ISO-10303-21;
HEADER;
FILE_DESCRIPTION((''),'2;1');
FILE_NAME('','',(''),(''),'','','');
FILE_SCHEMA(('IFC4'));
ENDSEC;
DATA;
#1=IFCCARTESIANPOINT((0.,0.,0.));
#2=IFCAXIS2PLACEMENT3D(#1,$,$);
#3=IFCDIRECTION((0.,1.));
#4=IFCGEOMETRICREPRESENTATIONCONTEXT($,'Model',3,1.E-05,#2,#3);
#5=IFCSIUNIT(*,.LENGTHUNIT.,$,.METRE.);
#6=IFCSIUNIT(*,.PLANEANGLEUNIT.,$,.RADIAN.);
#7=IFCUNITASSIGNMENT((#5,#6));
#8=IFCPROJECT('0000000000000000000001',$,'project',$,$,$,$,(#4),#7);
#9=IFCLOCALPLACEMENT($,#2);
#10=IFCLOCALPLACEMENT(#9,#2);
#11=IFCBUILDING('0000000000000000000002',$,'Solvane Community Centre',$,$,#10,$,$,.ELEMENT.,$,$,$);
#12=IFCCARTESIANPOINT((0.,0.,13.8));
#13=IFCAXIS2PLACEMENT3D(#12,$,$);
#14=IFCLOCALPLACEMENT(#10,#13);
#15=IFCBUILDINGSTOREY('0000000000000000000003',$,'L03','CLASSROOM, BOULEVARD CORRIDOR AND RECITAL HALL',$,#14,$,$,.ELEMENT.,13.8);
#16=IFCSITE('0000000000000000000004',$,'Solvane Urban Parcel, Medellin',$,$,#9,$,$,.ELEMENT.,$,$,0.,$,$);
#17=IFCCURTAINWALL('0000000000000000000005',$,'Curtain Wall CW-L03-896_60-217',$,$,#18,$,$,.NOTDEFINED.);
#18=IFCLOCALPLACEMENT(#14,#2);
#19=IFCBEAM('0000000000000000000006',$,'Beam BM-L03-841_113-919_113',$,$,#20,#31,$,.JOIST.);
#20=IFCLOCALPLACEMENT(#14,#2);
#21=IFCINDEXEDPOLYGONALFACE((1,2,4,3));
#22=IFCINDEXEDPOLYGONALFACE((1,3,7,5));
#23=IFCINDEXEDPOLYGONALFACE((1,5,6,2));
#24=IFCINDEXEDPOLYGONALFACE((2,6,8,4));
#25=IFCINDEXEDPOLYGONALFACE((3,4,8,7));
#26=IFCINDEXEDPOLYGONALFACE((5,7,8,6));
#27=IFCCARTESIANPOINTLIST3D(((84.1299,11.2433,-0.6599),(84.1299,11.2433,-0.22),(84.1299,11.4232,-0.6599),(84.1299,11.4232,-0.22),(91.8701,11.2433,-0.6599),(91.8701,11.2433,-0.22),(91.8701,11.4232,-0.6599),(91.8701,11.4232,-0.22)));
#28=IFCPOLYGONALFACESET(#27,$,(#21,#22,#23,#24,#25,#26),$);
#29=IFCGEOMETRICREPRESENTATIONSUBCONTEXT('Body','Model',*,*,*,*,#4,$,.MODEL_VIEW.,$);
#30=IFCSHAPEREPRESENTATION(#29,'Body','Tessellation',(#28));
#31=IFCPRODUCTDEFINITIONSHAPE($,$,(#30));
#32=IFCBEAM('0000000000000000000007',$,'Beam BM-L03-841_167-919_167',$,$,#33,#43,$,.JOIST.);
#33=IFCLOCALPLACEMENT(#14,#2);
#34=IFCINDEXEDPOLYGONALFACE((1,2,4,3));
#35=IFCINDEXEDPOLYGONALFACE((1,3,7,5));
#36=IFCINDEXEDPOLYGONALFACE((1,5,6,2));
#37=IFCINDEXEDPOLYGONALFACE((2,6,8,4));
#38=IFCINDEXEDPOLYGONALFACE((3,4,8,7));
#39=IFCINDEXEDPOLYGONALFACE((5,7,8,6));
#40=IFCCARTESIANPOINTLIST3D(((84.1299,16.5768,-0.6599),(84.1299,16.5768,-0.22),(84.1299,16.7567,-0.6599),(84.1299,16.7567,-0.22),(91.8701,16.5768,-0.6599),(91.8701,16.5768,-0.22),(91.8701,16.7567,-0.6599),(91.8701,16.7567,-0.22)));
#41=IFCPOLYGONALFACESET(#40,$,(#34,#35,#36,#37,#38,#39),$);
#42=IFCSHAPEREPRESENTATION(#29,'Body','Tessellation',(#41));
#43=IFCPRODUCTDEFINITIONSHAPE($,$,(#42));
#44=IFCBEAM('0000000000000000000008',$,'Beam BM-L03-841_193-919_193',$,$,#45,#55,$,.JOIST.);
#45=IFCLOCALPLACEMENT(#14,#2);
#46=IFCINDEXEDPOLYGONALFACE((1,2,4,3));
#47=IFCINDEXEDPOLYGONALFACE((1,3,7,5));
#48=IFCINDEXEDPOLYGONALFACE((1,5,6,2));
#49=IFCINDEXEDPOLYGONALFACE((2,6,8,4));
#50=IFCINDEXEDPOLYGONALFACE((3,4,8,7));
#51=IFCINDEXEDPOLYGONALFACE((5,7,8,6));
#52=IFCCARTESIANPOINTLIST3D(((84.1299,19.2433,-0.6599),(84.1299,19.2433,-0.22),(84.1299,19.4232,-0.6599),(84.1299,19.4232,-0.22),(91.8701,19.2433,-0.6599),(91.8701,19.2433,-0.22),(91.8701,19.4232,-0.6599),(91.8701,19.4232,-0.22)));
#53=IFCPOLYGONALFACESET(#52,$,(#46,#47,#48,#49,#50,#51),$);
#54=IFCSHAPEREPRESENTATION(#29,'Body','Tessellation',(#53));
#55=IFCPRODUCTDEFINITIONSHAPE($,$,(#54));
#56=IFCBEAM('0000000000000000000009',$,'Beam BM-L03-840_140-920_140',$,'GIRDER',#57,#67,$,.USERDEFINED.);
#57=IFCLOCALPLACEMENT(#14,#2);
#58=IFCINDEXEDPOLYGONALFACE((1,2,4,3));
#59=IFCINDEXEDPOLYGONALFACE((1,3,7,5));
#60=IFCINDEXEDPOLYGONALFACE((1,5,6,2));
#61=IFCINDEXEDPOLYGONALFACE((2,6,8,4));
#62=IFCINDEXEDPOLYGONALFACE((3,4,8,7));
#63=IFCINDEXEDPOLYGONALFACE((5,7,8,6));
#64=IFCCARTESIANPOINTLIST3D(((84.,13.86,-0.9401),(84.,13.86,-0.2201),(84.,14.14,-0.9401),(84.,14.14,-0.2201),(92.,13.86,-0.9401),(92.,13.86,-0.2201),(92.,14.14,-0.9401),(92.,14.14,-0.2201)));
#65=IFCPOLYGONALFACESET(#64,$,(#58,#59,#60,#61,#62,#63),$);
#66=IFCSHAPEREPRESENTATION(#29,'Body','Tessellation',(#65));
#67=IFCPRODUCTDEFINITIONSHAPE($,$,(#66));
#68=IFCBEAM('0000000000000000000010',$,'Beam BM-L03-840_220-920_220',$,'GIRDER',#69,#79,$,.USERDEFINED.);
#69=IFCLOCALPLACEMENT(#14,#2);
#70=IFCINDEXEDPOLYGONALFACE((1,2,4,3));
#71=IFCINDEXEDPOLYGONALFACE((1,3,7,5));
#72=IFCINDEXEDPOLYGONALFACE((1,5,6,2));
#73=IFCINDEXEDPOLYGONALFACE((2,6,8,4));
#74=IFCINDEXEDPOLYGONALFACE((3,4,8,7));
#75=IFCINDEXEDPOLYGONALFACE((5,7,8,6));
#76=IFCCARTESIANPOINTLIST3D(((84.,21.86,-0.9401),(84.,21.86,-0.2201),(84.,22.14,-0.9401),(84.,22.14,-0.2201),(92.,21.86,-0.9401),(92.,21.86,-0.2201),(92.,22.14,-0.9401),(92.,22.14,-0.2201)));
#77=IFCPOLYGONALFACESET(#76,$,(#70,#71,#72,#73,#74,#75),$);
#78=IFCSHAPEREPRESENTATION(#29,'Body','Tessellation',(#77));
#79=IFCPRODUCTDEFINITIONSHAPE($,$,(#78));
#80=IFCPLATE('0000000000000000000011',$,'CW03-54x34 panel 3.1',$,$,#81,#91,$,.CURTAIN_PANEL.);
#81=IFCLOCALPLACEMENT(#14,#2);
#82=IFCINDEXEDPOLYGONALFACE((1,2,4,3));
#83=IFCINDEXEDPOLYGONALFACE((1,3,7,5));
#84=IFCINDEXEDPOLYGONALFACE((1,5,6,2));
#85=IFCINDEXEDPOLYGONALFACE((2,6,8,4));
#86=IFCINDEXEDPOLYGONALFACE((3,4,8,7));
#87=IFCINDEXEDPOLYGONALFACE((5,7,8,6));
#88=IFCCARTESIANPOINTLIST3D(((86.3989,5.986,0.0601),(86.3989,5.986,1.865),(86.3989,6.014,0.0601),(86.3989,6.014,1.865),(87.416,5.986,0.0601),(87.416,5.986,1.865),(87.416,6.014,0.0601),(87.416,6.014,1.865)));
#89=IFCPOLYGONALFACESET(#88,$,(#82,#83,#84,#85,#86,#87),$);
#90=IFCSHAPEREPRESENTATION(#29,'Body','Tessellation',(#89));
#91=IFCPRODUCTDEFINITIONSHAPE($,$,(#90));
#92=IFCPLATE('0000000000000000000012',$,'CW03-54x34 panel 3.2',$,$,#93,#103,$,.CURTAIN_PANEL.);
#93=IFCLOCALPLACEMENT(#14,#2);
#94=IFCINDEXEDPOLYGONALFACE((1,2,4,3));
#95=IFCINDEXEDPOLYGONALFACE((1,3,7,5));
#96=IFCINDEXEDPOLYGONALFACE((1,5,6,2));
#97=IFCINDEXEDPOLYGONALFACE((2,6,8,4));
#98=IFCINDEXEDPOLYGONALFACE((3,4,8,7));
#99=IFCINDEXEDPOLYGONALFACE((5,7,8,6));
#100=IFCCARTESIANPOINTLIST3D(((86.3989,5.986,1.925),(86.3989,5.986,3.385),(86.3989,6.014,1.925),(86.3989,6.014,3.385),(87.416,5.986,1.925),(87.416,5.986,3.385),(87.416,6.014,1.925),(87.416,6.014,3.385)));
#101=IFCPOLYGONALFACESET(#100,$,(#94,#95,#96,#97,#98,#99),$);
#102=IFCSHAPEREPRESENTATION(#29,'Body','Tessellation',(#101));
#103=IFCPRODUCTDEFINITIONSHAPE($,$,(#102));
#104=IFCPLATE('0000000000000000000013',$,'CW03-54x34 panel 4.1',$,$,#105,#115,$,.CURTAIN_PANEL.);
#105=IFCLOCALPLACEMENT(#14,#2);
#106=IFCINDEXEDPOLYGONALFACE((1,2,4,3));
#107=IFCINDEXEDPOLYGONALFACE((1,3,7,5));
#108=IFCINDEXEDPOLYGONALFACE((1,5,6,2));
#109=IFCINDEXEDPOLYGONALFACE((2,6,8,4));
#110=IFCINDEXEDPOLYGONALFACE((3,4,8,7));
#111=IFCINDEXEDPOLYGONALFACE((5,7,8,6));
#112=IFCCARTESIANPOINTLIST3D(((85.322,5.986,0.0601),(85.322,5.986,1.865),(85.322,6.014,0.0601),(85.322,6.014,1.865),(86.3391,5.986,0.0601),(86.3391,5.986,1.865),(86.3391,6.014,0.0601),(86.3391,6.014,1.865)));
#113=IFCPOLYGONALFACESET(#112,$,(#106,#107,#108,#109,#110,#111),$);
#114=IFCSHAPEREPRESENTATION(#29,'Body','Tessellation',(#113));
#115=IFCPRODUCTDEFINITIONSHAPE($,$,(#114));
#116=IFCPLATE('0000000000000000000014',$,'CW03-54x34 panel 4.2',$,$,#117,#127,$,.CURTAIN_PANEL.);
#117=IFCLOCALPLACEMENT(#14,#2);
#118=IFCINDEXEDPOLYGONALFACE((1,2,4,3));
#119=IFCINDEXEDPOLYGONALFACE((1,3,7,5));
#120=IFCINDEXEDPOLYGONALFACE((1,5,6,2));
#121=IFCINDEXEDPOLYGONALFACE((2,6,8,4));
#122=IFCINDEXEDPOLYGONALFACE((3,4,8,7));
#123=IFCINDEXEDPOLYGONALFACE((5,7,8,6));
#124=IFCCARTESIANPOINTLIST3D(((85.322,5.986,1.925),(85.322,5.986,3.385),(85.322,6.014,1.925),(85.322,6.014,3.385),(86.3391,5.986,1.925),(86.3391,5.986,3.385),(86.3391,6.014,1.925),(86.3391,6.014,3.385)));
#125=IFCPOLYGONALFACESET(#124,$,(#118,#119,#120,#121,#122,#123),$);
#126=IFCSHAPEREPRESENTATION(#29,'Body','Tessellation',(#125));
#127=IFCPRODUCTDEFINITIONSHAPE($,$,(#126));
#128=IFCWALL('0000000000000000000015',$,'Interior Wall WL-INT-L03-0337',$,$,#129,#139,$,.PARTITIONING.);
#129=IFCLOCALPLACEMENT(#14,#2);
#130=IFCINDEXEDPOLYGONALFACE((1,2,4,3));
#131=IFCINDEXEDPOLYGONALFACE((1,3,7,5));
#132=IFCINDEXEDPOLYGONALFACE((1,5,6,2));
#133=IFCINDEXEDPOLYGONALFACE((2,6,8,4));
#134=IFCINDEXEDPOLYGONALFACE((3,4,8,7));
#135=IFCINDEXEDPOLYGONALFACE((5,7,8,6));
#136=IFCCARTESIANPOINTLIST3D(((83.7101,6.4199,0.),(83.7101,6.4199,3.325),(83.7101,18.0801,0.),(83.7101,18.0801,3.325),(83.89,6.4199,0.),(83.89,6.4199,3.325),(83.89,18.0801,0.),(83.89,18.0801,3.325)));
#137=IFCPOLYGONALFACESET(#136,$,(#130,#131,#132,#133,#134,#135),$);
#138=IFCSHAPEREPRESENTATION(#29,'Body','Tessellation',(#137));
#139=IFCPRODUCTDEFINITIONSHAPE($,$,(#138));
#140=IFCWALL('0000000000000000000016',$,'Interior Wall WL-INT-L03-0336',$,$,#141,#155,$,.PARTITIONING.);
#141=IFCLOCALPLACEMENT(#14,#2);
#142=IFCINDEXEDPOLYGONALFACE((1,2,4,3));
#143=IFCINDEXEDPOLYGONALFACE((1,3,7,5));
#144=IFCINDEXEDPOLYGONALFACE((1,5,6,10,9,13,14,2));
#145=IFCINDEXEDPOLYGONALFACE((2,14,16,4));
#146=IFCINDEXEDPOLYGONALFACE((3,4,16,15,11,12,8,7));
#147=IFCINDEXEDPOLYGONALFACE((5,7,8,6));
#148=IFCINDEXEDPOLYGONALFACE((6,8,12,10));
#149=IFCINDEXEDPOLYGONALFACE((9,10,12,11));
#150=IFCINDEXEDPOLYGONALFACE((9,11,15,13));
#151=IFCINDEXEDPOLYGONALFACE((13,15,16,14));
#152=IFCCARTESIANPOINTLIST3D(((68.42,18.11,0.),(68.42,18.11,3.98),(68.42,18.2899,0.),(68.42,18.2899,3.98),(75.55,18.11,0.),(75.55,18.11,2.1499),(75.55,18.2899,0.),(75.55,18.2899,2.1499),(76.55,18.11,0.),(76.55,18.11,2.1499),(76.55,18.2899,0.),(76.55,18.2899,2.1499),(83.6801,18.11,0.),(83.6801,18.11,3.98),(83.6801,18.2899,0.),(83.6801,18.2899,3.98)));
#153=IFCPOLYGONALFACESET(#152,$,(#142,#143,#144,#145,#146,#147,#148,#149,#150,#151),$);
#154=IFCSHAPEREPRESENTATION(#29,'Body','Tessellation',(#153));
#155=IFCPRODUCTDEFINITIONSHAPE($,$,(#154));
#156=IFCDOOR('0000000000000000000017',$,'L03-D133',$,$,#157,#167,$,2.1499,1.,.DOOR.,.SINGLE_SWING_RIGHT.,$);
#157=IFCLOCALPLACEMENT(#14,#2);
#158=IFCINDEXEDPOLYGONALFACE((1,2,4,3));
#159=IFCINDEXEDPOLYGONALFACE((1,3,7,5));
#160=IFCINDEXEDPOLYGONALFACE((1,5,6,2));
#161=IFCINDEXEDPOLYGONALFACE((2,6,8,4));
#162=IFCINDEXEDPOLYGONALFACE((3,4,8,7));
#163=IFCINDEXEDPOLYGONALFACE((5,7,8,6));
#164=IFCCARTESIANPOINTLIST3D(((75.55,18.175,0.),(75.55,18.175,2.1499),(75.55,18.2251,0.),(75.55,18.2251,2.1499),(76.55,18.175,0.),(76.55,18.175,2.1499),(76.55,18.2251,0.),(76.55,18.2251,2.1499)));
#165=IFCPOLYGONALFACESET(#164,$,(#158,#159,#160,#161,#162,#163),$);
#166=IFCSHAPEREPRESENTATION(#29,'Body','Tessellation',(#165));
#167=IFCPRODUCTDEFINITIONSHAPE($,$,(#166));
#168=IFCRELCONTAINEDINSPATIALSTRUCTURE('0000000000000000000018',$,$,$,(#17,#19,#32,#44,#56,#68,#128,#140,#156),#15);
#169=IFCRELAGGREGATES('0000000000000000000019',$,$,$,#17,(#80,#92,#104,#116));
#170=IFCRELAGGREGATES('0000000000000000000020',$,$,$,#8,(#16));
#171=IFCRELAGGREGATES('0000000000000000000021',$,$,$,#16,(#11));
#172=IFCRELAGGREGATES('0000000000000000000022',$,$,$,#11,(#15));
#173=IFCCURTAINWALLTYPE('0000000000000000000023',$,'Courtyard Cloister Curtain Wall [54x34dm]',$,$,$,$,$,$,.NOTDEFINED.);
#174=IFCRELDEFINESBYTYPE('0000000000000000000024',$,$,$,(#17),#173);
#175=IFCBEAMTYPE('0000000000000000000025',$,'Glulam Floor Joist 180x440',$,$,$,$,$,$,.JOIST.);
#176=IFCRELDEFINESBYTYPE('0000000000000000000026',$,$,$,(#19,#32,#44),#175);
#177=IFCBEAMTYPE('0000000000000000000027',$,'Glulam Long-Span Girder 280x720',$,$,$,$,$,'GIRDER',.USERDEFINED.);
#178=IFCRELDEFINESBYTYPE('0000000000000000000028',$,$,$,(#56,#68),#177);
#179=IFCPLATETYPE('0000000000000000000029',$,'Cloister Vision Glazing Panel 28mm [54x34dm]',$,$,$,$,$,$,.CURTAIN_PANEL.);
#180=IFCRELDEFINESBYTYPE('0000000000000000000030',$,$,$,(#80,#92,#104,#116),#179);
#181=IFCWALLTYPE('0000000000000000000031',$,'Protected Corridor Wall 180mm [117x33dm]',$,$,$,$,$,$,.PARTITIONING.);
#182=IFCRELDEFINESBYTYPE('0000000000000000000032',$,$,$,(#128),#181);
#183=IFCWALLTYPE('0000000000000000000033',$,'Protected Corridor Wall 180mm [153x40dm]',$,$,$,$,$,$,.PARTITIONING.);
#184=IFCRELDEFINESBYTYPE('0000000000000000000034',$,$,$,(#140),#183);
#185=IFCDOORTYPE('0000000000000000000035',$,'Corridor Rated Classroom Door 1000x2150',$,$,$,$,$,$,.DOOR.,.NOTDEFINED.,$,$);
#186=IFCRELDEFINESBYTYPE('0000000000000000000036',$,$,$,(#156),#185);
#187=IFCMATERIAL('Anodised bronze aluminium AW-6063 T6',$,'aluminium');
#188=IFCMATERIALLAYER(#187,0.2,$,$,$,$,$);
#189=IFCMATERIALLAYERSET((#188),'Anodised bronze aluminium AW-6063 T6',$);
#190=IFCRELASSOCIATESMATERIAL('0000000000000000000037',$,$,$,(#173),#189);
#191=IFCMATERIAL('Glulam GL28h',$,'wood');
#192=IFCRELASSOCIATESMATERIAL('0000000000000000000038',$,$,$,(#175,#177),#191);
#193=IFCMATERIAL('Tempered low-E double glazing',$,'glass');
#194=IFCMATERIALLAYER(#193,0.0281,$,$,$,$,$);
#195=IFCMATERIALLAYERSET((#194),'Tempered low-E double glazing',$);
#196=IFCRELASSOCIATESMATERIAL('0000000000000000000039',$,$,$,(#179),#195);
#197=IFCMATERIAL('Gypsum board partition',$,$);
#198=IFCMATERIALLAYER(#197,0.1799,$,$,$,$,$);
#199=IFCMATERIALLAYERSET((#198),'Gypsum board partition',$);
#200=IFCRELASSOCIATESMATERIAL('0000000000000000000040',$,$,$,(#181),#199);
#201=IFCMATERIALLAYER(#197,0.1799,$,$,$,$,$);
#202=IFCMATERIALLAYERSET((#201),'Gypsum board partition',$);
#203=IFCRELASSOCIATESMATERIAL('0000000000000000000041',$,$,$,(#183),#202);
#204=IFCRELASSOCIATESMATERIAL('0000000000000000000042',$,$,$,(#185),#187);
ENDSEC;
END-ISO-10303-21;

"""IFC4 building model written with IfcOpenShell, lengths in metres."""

from ifc_helpers import new_model, si_unit, direction, frame, frame_2d, origin, origin_2d, place, context, subcontext, project, spatial, rectangle, extrude, material, layer, layer_set, material_profile, profile_set, type_object, element, fill, aggregate, save


model = new_model("IFC4")

# Units and contexts
model_context = context("Model", 3, precision=1e-05, world=origin(), true_north=direction((0.0, 1.0)))
body_context = subcontext(model_context, "Body", "Model", "MODEL_VIEW")
ifc_project = project(units=[si_unit("LENGTHUNIT", "METRE"), si_unit("PLANEANGLEUNIT", "RADIAN")], contexts=[model_context])

# Site, building, storey
site_placement = place(None, origin())
site = spatial("IfcSite", under=ifc_project, at=site_placement, Name="Solvane Urban Parcel, Medellin", CompositionType="ELEMENT", RefElevation=0.0)
building_placement = place(site_placement, origin())
building = spatial("IfcBuilding", under=site, at=building_placement, Name="Solvane Community Centre", CompositionType="ELEMENT")
storey_placement = place(building_placement, frame((0.0, 0.0, 13.8)))
storey = spatial("IfcBuildingStorey", under=building, at=storey_placement, Name="L03", Description="CLASSROOM, BOULEVARD CORRIDOR AND RECITAL HALL", CompositionType="ELEMENT", Elevation=13.8)

# Curtain wall
ifc_material_1 = material(Name="Anodised bronze aluminium AW-6063 T6", Category="aluminium")
ifc_layer_1 = layer(ifc_material_1, 0.2)
ifc_layer_set_1 = layer_set([ifc_layer_1], Name="Anodised bronze aluminium AW-6063 T6")
curtain_wall_type = type_object("IfcCurtainWallType", Name="Courtyard Cloister Curtain Wall [54x34dm]", PredefinedType="NOTDEFINED", material=ifc_layer_set_1)
curtain_wall_placement = place(storey_placement, origin())
curtain_wall = element("IfcCurtainWall", 1, at=curtain_wall_placement, inside=storey, type_object=curtain_wall_type, Name="Curtain Wall CW-L03-896_60-217", PredefinedType="NOTDEFINED")

# Beams
ifc_material_2 = material(Name="Glulam GL28h", Category="wood")
ifc_material_profile_1 = material_profile(ifc_material_2, rectangle(XDim=0.1799, YDim=0.4399, at=origin_2d()), Name="GL28h 180x440")
ifc_profile_set_1 = profile_set([ifc_material_profile_1], Name="Glulam GL28h")
beam_type_1 = type_object("IfcBeamType", Name="Glulam Floor Joist 180x440", PredefinedType="JOIST", material=ifc_profile_set_1)
for number, where, z_axis, x_axis, name in (
    (2, (84.1299, 11.3333, -0.4399), (1.0, 0.0, 0.0), (0.0, 1.0, 0.0), "Beam BM-L03-841_113-919_113"),
    (3, (84.1299, 16.6667, -0.4399), (1.0, 0.0, 0.0), (0.0, 1.0, 0.0), "Beam BM-L03-841_167-919_167"),
    (4, (84.1299, 19.3333, -0.4399), (1.0, 0.0, 0.0), (0.0, 1.0, 0.0), "Beam BM-L03-841_193-919_193"),
):
    element("IfcBeam", number, at=place(storey_placement, frame(where, z_axis=z_axis, x_axis=x_axis)), inside=storey, type_object=beam_type_1, Name=name, PredefinedType="JOIST", context=body_context, shape_type="SweptSolid", body=[
        extrude(rectangle(XDim=0.1799, YDim=0.4399, at=origin_2d()), origin(), (0.0, 0.0, 1.0), 7.7402),
    ])
ifc_material_profile_2 = material_profile(ifc_material_2, rectangle(XDim=0.28, YDim=0.72, at=origin_2d()), Name="GL28h 280x720")
ifc_profile_set_2 = profile_set([ifc_material_profile_2], Name="Glulam GL28h")
beam_type_2 = type_object("IfcBeamType", Name="Glulam Long-Span Girder 280x720", ElementType="GIRDER", PredefinedType="USERDEFINED", material=ifc_profile_set_2)
for number, where, z_axis, x_axis, name in (
    (5, (84.0, 14.0, -0.5801), (1.0, 0.0, 0.0), (0.0, 1.0, 0.0), "Beam BM-L03-840_140-920_140"),
    (6, (84.0, 22.0, -0.5801), (1.0, 0.0, 0.0), (0.0, 1.0, 0.0), "Beam BM-L03-840_220-920_220"),
):
    element("IfcBeam", number, at=place(storey_placement, frame(where, z_axis=z_axis, x_axis=x_axis)), inside=storey, type_object=beam_type_2, Name=name, ObjectType="GIRDER", PredefinedType="USERDEFINED", context=body_context, shape_type="SweptSolid", body=[
        extrude(rectangle(XDim=0.28, YDim=0.72, at=origin_2d()), origin(), (0.0, 0.0, 1.0), 8.0),
    ])

# Plates
ifc_material_3 = material(Name="Tempered low-E double glazing", Category="glass")
ifc_layer_2 = layer(ifc_material_3, 0.0281)
ifc_layer_set_2 = layer_set([ifc_layer_2], Name="Tempered low-E double glazing")
plate_type = type_object("IfcPlateType", Name="Cloister Vision Glazing Panel 28mm [54x34dm]", PredefinedType="CURTAIN_PANEL", material=ifc_layer_set_2)
plate_1_placement = place(storey_placement, frame((86.9075, 6.0, 0.0601), z_axis=(0.0, 0.0, 1.0), x_axis=(-1.0, 0.0, 0.0)))
plate_1 = element("IfcPlate", 7, at=plate_1_placement, type_object=plate_type, Name="CW03-54x34 panel 3.1", PredefinedType="CURTAIN_PANEL", context=body_context, shape_type="SweptSolid", body=[
    extrude(rectangle(XDim=1.0171, YDim=0.0281, at=origin_2d()), origin(), (0.0, 0.0, 1.0), 1.8049),
])
plate_2_placement = place(storey_placement, frame((86.9075, 6.0, 1.925), z_axis=(0.0, 0.0, 1.0), x_axis=(-1.0, 0.0, 0.0)))
plate_2 = element("IfcPlate", 8, at=plate_2_placement, type_object=plate_type, Name="CW03-54x34 panel 3.2", PredefinedType="CURTAIN_PANEL", context=body_context, shape_type="SweptSolid", body=[
    extrude(rectangle(XDim=1.0171, YDim=0.0281, at=origin_2d()), origin(), (0.0, 0.0, 1.0), 1.46),
])
plate_3_placement = place(storey_placement, frame((85.8306, 6.0, 0.0601), z_axis=(0.0, 0.0, 1.0), x_axis=(-1.0, 0.0, 0.0)))
plate_3 = element("IfcPlate", 9, at=plate_3_placement, type_object=plate_type, Name="CW03-54x34 panel 4.1", PredefinedType="CURTAIN_PANEL", context=body_context, shape_type="SweptSolid", body=[
    extrude(rectangle(XDim=1.0171, YDim=0.0281, at=origin_2d()), origin(), (0.0, 0.0, 1.0), 1.8049),
])
plate_4_placement = place(storey_placement, frame((85.8306, 6.0, 1.925), z_axis=(0.0, 0.0, 1.0), x_axis=(-1.0, 0.0, 0.0)))
plate_4 = element("IfcPlate", 10, at=plate_4_placement, type_object=plate_type, Name="CW03-54x34 panel 4.2", PredefinedType="CURTAIN_PANEL", context=body_context, shape_type="SweptSolid", body=[
    extrude(rectangle(XDim=1.0171, YDim=0.0281, at=origin_2d()), origin(), (0.0, 0.0, 1.0), 1.46),
])
aggregate(curtain_wall, [plate_1, plate_2, plate_3, plate_4])

# Wall
ifc_material_4 = material(Name="Gypsum board partition")
ifc_layer_3 = layer(ifc_material_4, 0.1799)
ifc_layer_set_3 = layer_set([ifc_layer_3], Name="Gypsum board partition")
wall_type_1 = type_object("IfcWallType", Name="Protected Corridor Wall 180mm [117x33dm]", PredefinedType="PARTITIONING", material=ifc_layer_set_3)
wall_1_placement = place(storey_placement, frame((83.8, 6.4199, 0.0), z_axis=(0.0, 0.0, 1.0), x_axis=(0.0, 1.0, 0.0)))
element("IfcWall", 11, at=wall_1_placement, inside=storey, type_object=wall_type_1, Name="Interior Wall WL-INT-L03-0337", PredefinedType="PARTITIONING", context=body_context, shape_type="SweptSolid", body=[
    extrude(rectangle(XDim=11.6602, YDim=0.1799, at=frame_2d((5.8301, 0.0))), origin(), (0.0, 0.0, 1.0), 3.325),
])

# Wall, opening, door
ifc_layer_4 = layer(ifc_material_4, 0.1799)
ifc_layer_set_4 = layer_set([ifc_layer_4], Name="Gypsum board partition")
wall_type_2 = type_object("IfcWallType", Name="Protected Corridor Wall 180mm [153x40dm]", PredefinedType="PARTITIONING", material=ifc_layer_set_4)
wall_2_placement = place(storey_placement, frame((83.6799, 18.2, 0.0), z_axis=(0.0, 0.0, 1.0), x_axis=(-1.0, 0.0, 0.0)))
wall_2 = element("IfcWall", 12, at=wall_2_placement, inside=storey, type_object=wall_type_2, Name="Interior Wall WL-INT-L03-0336", PredefinedType="PARTITIONING", context=body_context, shape_type="SweptSolid", body=[
    extrude(rectangle(XDim=15.26, YDim=0.1799, at=frame_2d((7.6299, 0.0))), origin(), (0.0, 0.0, 1.0), 3.98),
])
opening_placement = place(wall_2_placement, frame((7.1299, 0.0, 0.0)))
opening = element("IfcOpeningElement", 13, at=opening_placement, cuts=wall_2, PredefinedType="OPENING", context=body_context, shape_type="SweptSolid", body=[
    extrude(rectangle(XDim=1.0, YDim=2.1499, at=frame_2d((0.5, 1.075))), frame((0.0, 0.0999, 0.0), z_axis=(0.0, -1.0, 0.0), x_axis=(1.0, 0.0, 0.0)), (0.0, 0.0, 1.0), 0.2),
])
door_type = type_object("IfcDoorType", Name="Corridor Rated Classroom Door 1000x2150", OperationType="NOTDEFINED", PredefinedType="DOOR", material=ifc_material_1)
door_placement = place(opening_placement, origin())
door = element("IfcDoor", 14, at=door_placement, inside=storey, type_object=door_type, Name="L03-D133", OperationType="SINGLE_SWING_RIGHT", OverallHeight=2.1499, OverallWidth=1.0, PredefinedType="DOOR", context=body_context, shape_type="SweptSolid", body=[
    extrude(rectangle(XDim=1.0, YDim=2.1499, at=frame_2d((0.5, 1.075))), frame((0.0, 0.0249, 0.0), z_axis=(0.0, -1.0, 0.0), x_axis=(1.0, 0.0, 0.0)), (0.0, 0.0, 1.0), 0.05),
])
fill(opening, door)

save(model, "model.ifc")
